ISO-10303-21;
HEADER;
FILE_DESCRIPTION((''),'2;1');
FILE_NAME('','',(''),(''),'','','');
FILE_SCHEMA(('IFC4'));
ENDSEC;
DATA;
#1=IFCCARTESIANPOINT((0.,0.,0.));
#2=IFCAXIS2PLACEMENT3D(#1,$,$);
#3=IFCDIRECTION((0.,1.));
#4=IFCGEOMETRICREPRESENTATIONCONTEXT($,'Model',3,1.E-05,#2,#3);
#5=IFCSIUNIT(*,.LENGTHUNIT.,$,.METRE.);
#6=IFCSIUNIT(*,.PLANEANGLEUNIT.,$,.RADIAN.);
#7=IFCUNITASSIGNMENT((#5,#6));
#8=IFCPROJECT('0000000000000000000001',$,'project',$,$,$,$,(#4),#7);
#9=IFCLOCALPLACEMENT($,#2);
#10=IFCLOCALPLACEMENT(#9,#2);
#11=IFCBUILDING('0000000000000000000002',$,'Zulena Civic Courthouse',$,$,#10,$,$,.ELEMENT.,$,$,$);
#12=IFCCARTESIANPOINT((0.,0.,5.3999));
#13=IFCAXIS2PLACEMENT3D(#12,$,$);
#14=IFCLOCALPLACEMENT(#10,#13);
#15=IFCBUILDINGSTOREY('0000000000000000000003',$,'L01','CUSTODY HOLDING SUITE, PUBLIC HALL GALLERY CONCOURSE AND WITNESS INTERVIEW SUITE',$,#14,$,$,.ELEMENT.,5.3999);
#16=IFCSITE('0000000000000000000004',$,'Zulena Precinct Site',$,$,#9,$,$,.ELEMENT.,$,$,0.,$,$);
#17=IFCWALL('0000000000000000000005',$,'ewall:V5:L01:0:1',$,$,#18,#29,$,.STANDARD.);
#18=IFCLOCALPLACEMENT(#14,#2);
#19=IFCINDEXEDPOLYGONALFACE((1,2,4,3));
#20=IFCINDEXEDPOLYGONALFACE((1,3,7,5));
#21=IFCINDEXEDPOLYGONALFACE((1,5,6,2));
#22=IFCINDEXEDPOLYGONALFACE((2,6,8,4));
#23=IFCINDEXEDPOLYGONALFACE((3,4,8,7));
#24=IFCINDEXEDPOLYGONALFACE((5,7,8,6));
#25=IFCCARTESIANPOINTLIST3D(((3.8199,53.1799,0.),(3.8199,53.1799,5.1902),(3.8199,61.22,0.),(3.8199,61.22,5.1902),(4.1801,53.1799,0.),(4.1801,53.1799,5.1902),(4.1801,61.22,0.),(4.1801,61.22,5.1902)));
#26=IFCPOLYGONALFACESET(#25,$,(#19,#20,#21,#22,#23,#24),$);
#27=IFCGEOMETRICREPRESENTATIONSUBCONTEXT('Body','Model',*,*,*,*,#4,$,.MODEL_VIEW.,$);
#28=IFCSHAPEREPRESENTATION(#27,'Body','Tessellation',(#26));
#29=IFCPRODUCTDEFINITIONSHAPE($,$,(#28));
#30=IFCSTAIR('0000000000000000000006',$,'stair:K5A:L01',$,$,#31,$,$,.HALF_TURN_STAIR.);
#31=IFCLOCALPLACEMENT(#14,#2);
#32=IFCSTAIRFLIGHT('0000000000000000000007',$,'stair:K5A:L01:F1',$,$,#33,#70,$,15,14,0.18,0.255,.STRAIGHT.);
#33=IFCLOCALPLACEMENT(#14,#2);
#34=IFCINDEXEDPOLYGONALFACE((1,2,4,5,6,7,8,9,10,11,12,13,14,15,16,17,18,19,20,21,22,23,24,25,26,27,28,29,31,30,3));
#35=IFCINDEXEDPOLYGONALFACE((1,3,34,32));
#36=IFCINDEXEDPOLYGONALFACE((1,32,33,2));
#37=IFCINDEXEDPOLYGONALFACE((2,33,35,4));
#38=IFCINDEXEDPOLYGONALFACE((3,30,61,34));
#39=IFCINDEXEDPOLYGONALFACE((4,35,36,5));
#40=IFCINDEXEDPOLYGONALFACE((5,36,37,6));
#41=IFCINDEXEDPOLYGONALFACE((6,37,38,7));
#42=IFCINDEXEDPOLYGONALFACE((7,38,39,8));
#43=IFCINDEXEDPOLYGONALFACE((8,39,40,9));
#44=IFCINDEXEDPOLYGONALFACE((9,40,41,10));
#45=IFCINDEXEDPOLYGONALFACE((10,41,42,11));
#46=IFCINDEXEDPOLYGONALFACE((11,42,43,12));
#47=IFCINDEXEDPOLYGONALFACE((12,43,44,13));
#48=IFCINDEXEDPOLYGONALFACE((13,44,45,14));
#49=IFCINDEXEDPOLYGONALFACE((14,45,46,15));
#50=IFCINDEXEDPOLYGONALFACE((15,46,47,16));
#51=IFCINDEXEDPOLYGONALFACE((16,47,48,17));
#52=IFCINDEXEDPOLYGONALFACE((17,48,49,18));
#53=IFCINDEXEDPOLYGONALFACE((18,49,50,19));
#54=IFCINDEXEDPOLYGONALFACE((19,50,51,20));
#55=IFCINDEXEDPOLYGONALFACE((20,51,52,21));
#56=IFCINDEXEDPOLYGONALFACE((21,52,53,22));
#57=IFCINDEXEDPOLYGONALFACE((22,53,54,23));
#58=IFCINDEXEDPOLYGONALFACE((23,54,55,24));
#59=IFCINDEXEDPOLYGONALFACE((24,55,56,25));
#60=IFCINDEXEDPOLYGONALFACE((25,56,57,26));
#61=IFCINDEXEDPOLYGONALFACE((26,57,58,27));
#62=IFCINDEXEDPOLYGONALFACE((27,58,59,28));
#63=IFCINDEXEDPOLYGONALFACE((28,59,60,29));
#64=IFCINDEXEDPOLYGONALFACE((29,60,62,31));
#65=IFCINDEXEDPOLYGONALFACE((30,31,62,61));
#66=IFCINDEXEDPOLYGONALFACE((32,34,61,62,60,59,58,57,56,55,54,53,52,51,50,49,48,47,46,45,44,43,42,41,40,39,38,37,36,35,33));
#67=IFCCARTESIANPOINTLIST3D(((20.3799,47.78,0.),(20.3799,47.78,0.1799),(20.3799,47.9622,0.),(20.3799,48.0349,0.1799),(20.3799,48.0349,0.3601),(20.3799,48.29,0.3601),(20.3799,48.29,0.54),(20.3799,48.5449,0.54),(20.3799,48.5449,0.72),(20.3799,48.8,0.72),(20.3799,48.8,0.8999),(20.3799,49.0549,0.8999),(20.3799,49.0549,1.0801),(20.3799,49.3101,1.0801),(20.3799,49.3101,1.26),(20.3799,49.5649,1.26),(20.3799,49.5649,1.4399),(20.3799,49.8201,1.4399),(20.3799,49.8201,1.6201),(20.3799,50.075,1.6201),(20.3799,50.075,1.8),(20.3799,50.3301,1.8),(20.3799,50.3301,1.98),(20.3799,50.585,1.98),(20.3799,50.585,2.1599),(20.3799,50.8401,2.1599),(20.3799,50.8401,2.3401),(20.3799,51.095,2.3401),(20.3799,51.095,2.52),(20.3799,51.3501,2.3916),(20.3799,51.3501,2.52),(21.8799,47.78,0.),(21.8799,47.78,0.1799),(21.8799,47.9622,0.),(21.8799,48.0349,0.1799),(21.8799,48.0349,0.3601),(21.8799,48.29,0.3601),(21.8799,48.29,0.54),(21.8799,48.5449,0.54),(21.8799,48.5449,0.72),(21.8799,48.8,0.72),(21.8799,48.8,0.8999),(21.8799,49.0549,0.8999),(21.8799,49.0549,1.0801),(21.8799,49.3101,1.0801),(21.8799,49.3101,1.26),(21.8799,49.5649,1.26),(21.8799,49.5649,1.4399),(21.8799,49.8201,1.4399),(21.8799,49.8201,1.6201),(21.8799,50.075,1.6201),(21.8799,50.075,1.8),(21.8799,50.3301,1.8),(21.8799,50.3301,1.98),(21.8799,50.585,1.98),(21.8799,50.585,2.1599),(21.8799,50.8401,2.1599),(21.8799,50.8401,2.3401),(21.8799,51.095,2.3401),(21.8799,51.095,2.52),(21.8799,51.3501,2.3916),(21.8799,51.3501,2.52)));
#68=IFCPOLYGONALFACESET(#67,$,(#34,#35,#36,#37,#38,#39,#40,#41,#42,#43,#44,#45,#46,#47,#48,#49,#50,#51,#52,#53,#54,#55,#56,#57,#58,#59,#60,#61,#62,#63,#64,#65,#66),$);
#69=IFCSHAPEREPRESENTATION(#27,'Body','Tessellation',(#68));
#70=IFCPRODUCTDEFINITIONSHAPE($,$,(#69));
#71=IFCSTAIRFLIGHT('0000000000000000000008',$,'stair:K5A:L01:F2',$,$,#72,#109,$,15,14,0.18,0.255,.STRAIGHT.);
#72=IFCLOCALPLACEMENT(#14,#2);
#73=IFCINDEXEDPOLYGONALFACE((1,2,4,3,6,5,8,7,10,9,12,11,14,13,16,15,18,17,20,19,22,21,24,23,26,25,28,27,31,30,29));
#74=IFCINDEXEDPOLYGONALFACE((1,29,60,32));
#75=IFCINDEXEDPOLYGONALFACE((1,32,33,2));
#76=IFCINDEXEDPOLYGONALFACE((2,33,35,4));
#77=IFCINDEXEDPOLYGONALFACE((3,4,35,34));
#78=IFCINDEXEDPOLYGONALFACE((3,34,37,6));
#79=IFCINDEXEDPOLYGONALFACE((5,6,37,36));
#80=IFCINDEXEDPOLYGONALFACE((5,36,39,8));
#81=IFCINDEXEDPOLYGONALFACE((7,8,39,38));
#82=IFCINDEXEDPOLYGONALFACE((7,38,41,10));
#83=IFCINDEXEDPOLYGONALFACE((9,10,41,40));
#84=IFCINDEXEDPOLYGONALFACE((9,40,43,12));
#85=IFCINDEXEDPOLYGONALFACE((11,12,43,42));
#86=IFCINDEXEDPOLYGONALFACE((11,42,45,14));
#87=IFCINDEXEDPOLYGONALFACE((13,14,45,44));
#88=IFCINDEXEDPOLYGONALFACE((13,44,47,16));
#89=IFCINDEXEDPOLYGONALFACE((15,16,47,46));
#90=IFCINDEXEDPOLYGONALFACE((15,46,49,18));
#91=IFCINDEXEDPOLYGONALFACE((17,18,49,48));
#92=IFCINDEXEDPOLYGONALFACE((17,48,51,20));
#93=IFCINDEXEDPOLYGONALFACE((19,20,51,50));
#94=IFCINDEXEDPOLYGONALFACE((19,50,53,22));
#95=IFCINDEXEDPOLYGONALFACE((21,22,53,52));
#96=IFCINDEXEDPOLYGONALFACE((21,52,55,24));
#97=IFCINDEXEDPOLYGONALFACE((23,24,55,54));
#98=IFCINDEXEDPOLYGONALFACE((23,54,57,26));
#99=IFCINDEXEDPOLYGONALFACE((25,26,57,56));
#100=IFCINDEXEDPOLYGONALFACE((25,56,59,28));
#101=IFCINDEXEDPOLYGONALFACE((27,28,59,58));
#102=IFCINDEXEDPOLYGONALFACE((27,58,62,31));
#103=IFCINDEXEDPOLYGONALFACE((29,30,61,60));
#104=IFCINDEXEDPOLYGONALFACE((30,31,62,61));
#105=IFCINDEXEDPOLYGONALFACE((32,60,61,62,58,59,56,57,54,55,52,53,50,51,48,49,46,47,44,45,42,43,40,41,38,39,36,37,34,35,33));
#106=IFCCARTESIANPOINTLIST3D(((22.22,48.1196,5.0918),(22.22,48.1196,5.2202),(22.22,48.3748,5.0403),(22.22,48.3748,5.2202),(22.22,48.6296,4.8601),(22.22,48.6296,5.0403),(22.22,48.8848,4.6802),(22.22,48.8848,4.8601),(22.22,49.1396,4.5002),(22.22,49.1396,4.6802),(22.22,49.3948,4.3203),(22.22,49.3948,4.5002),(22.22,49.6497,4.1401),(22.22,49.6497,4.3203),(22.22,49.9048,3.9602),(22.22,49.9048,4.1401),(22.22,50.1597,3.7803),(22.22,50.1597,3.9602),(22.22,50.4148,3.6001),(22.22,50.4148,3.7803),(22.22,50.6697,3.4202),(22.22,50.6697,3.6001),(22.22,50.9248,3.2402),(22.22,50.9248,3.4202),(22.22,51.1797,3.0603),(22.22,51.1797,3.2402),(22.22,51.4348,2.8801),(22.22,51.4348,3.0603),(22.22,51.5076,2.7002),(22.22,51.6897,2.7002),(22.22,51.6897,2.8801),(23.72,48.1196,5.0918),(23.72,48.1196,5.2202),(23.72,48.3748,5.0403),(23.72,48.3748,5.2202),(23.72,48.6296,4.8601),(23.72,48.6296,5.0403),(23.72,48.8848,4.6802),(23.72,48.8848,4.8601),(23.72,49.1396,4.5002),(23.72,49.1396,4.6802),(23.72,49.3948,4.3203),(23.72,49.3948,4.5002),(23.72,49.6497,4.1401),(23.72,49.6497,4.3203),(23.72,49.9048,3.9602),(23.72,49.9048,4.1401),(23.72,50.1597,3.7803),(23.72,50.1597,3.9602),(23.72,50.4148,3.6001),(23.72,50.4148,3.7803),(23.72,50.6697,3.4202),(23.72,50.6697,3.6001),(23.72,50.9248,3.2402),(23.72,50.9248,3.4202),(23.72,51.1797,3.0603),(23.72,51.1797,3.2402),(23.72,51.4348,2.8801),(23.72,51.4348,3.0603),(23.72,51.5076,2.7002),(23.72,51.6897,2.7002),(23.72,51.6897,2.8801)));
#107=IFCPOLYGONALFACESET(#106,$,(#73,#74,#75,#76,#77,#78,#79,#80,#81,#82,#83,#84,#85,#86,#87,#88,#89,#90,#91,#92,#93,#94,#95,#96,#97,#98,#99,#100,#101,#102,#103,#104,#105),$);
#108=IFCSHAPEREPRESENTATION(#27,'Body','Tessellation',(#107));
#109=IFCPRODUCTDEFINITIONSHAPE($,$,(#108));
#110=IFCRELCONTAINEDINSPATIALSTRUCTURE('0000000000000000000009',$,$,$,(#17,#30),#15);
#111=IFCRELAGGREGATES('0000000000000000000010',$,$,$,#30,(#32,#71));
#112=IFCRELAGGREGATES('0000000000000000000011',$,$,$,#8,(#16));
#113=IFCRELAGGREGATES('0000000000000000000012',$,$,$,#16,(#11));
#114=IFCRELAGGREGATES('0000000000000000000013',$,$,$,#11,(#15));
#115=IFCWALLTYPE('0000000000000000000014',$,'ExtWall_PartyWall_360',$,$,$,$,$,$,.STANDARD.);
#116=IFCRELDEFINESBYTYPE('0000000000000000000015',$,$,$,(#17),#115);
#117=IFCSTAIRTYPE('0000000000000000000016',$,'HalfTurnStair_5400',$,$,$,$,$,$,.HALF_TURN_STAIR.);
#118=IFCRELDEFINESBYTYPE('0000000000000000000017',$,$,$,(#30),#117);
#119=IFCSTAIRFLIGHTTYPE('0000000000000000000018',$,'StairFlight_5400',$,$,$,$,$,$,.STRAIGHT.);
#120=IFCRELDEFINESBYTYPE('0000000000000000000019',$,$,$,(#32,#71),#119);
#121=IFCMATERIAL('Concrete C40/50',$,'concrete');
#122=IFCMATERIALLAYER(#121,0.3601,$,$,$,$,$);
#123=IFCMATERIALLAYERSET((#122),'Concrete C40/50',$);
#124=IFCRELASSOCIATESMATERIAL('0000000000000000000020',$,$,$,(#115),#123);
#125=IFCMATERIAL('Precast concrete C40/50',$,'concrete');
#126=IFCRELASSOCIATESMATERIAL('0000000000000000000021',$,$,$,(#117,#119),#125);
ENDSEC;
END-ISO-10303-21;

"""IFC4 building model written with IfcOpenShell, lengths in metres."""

from ifc_helpers import new_model, si_unit, direction, frame, frame_2d, origin, place, context, subcontext, project, spatial, polyline, rectangle, outline, extrude, material, layer, layer_set, type_object, element, aggregate, save


model = new_model("IFC4")

# Units and contexts
model_context = context("Model", 3, precision=1e-05, world=origin(), true_north=direction((0.0, 1.0)))
body_context = subcontext(model_context, "Body", "Model", "MODEL_VIEW")
ifc_project = project(units=[si_unit("LENGTHUNIT", "METRE"), si_unit("PLANEANGLEUNIT", "RADIAN")], contexts=[model_context])

# Site, building, storey
site_placement = place(None, origin())
site = spatial("IfcSite", under=ifc_project, at=site_placement, Name="Zulena Precinct Site", CompositionType="ELEMENT", RefElevation=0.0)
building_placement = place(site_placement, origin())
building = spatial("IfcBuilding", under=site, at=building_placement, Name="Zulena Civic Courthouse", CompositionType="ELEMENT")
storey_placement = place(building_placement, frame((0.0, 0.0, 5.3999)))
storey = spatial("IfcBuildingStorey", under=building, at=storey_placement, Name="L01", Description="CUSTODY HOLDING SUITE, PUBLIC HALL GALLERY CONCOURSE AND WITNESS INTERVIEW SUITE", CompositionType="ELEMENT", Elevation=5.3999)

# Shared definitions
ifc_material_1 = material(Name="Concrete C40/50", Category="concrete")

# Wall
ifc_layer_1 = layer(ifc_material_1, 0.3601)
ifc_layer_set_1 = layer_set([ifc_layer_1], Name="Concrete C40/50")
wall_type_1 = type_object("IfcWallType", Name="ExtWall_PartyWall_360", PredefinedType="STANDARD", material=ifc_layer_set_1)
wall_1_placement = place(storey_placement, frame((4.0, 53.1799, 0.0), z_axis=(0.0, 0.0, 1.0), x_axis=(0.0, 1.0, 0.0)))
element("IfcWall", 1, at=wall_1_placement, inside=storey, type_object=wall_type_1, Name="ewall:V5:L01:0:1", PredefinedType="STANDARD", context=body_context, shape_type="SweptSolid", body=[
    extrude(rectangle(XDim=8.04, YDim=0.3601, at=frame_2d((4.02, 0.0))), origin(), (0.0, 0.0, 1.0), 5.1902),
])

# Stair, stair flights
ifc_material_2 = material(Name="Precast concrete C40/50", Category="concrete")
stair_type = type_object("IfcStairType", Name="HalfTurnStair_5400", PredefinedType="HALF_TURN_STAIR", material=ifc_material_2)
stair_placement = place(storey_placement, origin())
stair = element("IfcStair", 2, at=stair_placement, inside=storey, type_object=stair_type, Name="stair:K5A:L01", PredefinedType="HALF_TURN_STAIR")
stair_flight_type = type_object("IfcStairFlightType", Name="StairFlight_5400", PredefinedType="STRAIGHT", material=ifc_material_2)
stair_flight_1_placement = place(storey_placement, frame((21.1299, 47.78, 0.0), z_axis=(0.0, 0.0, 1.0), x_axis=(0.0, 1.0, 0.0)))
stair_flight_1 = element("IfcStairFlight", 3, at=stair_flight_1_placement, type_object=stair_flight_type, Name="stair:K5A:L01:F1", NumberOfRisers=15, NumberOfTreads=14, PredefinedType="STRAIGHT", RiserHeight=0.18, TreadLength=0.255, context=body_context, shape_type="SweptSolid", body=[
    extrude(outline(polyline([(0.0, 0.0), (0.0, 0.1799), (0.2549, 0.1799), (0.2549, 0.3601), (0.51, 0.3601), (0.51, 0.54), (0.7649, 0.54), (0.7649, 0.72), (1.02, 0.72), (1.02, 0.8999), (1.2749, 0.8999), (1.2749, 1.0801), (1.53, 1.0801), (1.53, 1.26), (1.7849, 1.26), (1.7849, 1.4399), (2.04, 1.4399), (2.04, 1.6201), (2.2949, 1.6201), (2.2949, 1.8), (2.55, 1.8), (2.55, 1.98), (2.8049, 1.98), (2.8049, 2.1599), (3.0601, 2.1599), (3.0601, 2.3401), (3.3149, 2.3401), (3.3149, 2.52), (3.5701, 2.52), (3.5701, 2.7), (3.5701, 2.3916), (0.1821, 0.0), (0.0, 0.0)])), frame((0.0, 0.75, 0.0), z_axis=(0.0, -1.0, 0.0), x_axis=(1.0, 0.0, 0.0)), (0.0, 0.0, 1.0), 1.5),
])
stair_flight_2_placement = place(storey_placement, frame((22.97, 51.6897, 2.7002), z_axis=(0.0, 0.0, 1.0), x_axis=(0.0, -1.0, 0.0)))
stair_flight_2 = element("IfcStairFlight", 4, at=stair_flight_2_placement, type_object=stair_flight_type, Name="stair:K5A:L01:F2", NumberOfRisers=15, NumberOfTreads=14, PredefinedType="STRAIGHT", RiserHeight=0.18, TreadLength=0.255, context=body_context, shape_type="SweptSolid", body=[
    extrude(outline(polyline([(0.0, 0.0), (0.0, 0.1799), (0.2549, 0.1799), (0.2549, 0.3601), (0.51, 0.3601), (0.51, 0.54), (0.7649, 0.54), (0.7649, 0.72), (1.02, 0.72), (1.02, 0.8999), (1.2749, 0.8999), (1.2749, 1.0801), (1.53, 1.0801), (1.53, 1.26), (1.7849, 1.26), (1.7849, 1.4399), (2.04, 1.4399), (2.04, 1.6201), (2.2949, 1.6201), (2.2949, 1.8), (2.55, 1.8), (2.55, 1.98), (2.8049, 1.98), (2.8049, 2.1599), (3.0601, 2.1599), (3.0601, 2.3401), (3.3149, 2.3401), (3.3149, 2.52), (3.5701, 2.52), (3.5701, 2.7), (3.5701, 2.3916), (0.1821, 0.0), (0.0, 0.0)])), frame((0.0, 0.75, 0.0), z_axis=(0.0, -1.0, 0.0), x_axis=(1.0, 0.0, 0.0)), (0.0, 0.0, 1.0), 1.5),
])
aggregate(stair, [stair_flight_1, stair_flight_2])

save(model, "model.ifc")
